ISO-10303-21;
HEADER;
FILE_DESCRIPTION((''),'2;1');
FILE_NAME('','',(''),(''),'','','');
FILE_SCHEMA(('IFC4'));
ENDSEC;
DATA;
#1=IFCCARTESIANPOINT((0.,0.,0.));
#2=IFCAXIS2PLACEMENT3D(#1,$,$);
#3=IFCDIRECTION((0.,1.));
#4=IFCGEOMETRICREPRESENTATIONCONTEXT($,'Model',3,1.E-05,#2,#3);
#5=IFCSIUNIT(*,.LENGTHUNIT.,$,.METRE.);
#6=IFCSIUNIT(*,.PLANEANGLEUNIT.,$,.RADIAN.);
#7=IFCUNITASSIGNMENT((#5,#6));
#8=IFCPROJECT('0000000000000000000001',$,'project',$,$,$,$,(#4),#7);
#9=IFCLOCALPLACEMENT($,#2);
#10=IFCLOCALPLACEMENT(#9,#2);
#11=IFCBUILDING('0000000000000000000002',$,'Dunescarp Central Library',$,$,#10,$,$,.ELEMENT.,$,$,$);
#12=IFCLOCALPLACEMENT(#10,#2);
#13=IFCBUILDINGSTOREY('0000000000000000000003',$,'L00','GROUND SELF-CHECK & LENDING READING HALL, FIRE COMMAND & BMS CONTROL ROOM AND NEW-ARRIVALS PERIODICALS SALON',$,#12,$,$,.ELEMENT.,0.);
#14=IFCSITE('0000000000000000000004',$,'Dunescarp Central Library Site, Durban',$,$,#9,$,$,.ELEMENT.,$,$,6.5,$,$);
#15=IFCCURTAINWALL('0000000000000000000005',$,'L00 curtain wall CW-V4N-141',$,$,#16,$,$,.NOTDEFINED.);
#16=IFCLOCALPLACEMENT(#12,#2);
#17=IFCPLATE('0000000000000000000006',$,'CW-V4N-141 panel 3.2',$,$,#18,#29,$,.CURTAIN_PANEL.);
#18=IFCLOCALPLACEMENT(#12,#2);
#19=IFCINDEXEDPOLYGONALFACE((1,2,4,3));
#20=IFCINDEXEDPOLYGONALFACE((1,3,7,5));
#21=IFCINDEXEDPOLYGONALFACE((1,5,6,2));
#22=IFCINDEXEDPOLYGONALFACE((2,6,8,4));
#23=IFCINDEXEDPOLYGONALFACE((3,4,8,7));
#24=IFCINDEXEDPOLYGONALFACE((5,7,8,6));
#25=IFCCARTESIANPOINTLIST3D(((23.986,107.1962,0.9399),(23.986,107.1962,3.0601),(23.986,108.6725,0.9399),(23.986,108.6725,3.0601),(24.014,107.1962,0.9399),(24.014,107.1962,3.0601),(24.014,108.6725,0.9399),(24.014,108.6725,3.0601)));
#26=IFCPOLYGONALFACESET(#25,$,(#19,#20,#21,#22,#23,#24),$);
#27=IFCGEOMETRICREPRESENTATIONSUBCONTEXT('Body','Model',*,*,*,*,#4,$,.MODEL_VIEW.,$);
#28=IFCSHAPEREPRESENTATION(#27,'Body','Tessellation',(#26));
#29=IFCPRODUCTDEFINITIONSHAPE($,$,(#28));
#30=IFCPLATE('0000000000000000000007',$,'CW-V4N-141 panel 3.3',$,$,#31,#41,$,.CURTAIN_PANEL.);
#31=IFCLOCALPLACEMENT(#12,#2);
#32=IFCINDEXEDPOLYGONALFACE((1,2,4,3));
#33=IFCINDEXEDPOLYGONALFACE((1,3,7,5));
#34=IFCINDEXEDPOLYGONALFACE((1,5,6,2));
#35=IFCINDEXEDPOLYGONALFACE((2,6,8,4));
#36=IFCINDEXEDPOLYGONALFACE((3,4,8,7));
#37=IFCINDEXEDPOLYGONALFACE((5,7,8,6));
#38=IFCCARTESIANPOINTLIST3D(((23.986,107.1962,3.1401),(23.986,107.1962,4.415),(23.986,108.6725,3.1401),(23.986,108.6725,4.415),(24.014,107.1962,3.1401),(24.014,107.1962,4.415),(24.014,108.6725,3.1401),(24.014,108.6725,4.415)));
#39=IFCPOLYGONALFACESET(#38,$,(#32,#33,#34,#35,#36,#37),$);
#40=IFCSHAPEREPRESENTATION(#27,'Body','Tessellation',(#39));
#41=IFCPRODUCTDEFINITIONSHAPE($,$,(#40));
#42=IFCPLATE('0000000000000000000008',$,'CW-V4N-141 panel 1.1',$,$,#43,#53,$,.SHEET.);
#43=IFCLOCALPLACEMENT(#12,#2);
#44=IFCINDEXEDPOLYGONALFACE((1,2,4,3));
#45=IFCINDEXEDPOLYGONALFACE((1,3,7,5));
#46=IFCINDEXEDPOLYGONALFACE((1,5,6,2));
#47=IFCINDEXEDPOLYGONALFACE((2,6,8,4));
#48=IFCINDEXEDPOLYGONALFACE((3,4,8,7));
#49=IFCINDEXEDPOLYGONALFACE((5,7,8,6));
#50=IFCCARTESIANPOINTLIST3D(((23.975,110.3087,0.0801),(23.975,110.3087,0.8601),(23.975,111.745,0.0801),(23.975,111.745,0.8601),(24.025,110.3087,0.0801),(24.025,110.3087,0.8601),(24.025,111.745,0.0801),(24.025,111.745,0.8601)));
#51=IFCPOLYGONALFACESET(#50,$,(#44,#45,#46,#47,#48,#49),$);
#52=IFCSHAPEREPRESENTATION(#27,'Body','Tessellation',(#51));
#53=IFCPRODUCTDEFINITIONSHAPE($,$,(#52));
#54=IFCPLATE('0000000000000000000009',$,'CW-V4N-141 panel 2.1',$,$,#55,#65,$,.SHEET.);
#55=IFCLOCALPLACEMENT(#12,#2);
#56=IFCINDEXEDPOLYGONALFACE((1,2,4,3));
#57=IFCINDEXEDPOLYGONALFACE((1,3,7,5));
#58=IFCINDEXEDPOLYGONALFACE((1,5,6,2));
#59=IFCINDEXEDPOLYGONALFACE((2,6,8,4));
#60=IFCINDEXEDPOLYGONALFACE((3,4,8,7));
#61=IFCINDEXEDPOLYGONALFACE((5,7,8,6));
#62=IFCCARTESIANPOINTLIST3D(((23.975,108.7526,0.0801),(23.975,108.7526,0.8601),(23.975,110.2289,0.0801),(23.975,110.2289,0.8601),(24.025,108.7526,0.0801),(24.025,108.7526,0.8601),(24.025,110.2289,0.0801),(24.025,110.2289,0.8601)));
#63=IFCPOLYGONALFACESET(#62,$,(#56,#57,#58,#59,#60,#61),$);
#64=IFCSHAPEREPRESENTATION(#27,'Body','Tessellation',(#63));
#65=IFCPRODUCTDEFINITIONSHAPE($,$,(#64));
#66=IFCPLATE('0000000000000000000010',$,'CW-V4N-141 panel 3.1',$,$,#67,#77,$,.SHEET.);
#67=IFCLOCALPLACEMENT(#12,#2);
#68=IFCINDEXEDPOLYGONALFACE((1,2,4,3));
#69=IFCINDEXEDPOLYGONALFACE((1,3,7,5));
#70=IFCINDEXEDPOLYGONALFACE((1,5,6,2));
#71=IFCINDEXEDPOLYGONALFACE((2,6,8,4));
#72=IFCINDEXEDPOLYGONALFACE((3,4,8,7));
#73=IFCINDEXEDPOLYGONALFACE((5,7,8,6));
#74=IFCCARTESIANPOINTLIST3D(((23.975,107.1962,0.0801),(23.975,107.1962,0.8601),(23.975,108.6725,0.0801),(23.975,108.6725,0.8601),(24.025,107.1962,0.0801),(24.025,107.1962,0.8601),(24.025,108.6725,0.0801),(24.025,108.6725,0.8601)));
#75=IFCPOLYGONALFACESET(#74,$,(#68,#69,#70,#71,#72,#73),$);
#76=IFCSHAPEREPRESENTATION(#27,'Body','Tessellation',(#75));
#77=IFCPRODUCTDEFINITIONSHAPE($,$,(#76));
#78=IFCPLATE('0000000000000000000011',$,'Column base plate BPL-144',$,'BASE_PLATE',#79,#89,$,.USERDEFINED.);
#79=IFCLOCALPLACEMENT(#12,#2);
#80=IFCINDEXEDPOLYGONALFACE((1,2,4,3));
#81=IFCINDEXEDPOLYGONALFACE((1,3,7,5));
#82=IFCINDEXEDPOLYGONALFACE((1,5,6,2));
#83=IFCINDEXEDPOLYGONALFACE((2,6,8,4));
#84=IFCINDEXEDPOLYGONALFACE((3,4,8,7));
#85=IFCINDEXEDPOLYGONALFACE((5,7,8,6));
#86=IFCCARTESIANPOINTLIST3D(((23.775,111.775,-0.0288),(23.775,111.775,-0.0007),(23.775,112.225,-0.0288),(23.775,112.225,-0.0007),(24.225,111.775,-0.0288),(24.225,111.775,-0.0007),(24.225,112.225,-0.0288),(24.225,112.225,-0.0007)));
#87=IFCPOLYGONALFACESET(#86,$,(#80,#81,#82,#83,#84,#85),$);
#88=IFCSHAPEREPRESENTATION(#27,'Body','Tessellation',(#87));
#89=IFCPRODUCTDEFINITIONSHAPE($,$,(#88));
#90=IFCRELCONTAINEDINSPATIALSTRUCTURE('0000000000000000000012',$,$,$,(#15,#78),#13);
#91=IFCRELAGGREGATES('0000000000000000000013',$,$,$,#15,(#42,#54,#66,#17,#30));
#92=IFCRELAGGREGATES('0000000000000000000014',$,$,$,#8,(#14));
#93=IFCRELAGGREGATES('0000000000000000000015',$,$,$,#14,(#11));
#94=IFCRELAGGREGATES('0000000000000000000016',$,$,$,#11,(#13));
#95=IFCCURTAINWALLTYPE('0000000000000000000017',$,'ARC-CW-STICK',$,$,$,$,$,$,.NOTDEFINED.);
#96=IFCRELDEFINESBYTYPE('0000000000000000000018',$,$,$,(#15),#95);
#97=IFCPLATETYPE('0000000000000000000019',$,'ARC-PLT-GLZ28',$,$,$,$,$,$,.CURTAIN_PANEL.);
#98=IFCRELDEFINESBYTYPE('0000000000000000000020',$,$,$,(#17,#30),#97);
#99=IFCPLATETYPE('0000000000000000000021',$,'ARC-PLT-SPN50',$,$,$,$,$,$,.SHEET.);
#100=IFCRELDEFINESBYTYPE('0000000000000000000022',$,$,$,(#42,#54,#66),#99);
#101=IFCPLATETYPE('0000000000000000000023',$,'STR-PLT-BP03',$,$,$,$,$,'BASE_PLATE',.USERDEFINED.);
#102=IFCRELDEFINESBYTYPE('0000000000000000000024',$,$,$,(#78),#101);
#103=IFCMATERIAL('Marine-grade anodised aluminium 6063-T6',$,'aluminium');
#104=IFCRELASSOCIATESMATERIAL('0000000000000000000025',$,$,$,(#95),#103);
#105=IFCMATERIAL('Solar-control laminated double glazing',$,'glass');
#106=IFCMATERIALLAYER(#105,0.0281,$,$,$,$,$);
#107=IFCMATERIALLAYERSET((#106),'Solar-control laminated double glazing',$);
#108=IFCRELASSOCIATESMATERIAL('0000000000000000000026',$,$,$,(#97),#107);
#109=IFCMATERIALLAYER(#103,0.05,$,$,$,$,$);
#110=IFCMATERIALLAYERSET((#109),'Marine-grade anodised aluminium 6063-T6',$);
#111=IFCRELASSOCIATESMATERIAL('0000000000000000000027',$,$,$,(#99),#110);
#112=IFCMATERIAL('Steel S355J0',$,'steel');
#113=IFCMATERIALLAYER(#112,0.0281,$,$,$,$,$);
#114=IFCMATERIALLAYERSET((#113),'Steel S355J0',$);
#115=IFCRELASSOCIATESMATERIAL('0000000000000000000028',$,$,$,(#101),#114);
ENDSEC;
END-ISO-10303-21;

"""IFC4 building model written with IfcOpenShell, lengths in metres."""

from ifc_helpers import new_model, si_unit, direction, frame, origin, origin_2d, place, context, subcontext, project, spatial, rectangle, extrude, material, layer, layer_set, type_object, element, aggregate, save


model = new_model("IFC4")

# Units and contexts
model_context = context("Model", 3, precision=1e-05, world=origin(), true_north=direction((0.0, 1.0)))
body_context = subcontext(model_context, "Body", "Model", "MODEL_VIEW")
ifc_project = project(units=[si_unit("LENGTHUNIT", "METRE"), si_unit("PLANEANGLEUNIT", "RADIAN")], contexts=[model_context])

# Site, building, storey
site_placement = place(None, origin())
site = spatial("IfcSite", under=ifc_project, at=site_placement, Name="Dunescarp Central Library Site, Durban", CompositionType="ELEMENT", RefElevation=6.5)
building_placement = place(site_placement, origin())
building = spatial("IfcBuilding", under=site, at=building_placement, Name="Dunescarp Central Library", CompositionType="ELEMENT")
storey_placement = place(building_placement, origin())
storey = spatial("IfcBuildingStorey", under=building, at=storey_placement, Name="L00", Description="GROUND SELF-CHECK & LENDING READING HALL, FIRE COMMAND & BMS CONTROL ROOM AND NEW-ARRIVALS PERIODICALS SALON", CompositionType="ELEMENT", Elevation=0.0)

# Curtain wall, plates
ifc_material_1 = material(Name="Marine-grade anodised aluminium 6063-T6", Category="aluminium")
curtain_wall_type = type_object("IfcCurtainWallType", Name="ARC-CW-STICK", PredefinedType="NOTDEFINED", material=ifc_material_1)
curtain_wall_placement = place(storey_placement, origin())
curtain_wall = element("IfcCurtainWall", 1, at=curtain_wall_placement, inside=storey, type_object=curtain_wall_type, Name="L00 curtain wall CW-V4N-141", PredefinedType="NOTDEFINED")
ifc_material_2 = material(Name="Solar-control laminated double glazing", Category="glass")
ifc_layer_1 = layer(ifc_material_2, 0.0281)
ifc_layer_set_1 = layer_set([ifc_layer_1], Name="Solar-control laminated double glazing")
plate_type_1 = type_object("IfcPlateType", Name="ARC-PLT-GLZ28", PredefinedType="CURTAIN_PANEL", material=ifc_layer_set_1)
plate_1_placement = place(storey_placement, frame((24.0, 107.9343, 0.9399), z_axis=(0.0, 0.0, 1.0), x_axis=(0.0, -1.0, 0.0)))
plate_1 = element("IfcPlate", 2, at=plate_1_placement, type_object=plate_type_1, Name="CW-V4N-141 panel 3.2", PredefinedType="CURTAIN_PANEL", context=body_context, shape_type="SweptSolid", body=[
    extrude(rectangle(XDim=1.4763, YDim=0.0281, at=origin_2d()), origin(), (0.0, 0.0, 1.0), 2.1201),
])
plate_2_placement = place(storey_placement, frame((24.0, 107.9343, 3.1401), z_axis=(0.0, 0.0, 1.0), x_axis=(0.0, -1.0, 0.0)))
plate_2 = element("IfcPlate", 3, at=plate_2_placement, type_object=plate_type_1, Name="CW-V4N-141 panel 3.3", PredefinedType="CURTAIN_PANEL", context=body_context, shape_type="SweptSolid", body=[
    extrude(rectangle(XDim=1.4763, YDim=0.0281, at=origin_2d()), origin(), (0.0, 0.0, 1.0), 1.2749),
])
ifc_layer_2 = layer(ifc_material_1, 0.05)
ifc_layer_set_2 = layer_set([ifc_layer_2], Name="Marine-grade anodised aluminium 6063-T6")
plate_type_2 = type_object("IfcPlateType", Name="ARC-PLT-SPN50", PredefinedType="SHEET", material=ifc_layer_set_2)
plate_3_placement = place(storey_placement, frame((24.0, 111.0269, 0.0801), z_axis=(0.0, 0.0, 1.0), x_axis=(0.0, -1.0, 0.0)))
plate_3 = element("IfcPlate", 4, at=plate_3_placement, type_object=plate_type_2, Name="CW-V4N-141 panel 1.1", PredefinedType="SHEET", context=body_context, shape_type="SweptSolid", body=[
    extrude(rectangle(XDim=1.4363, YDim=0.05, at=origin_2d()), origin(), (0.0, 0.0, 1.0), 0.78),
])
plate_4_placement = place(storey_placement, frame((24.0, 109.4907, 0.0801), z_axis=(0.0, 0.0, 1.0), x_axis=(0.0, -1.0, 0.0)))
plate_4 = element("IfcPlate", 5, at=plate_4_placement, type_object=plate_type_2, Name="CW-V4N-141 panel 2.1", PredefinedType="SHEET", context=body_context, shape_type="SweptSolid", body=[
    extrude(rectangle(XDim=1.4763, YDim=0.05, at=origin_2d()), origin(), (0.0, 0.0, 1.0), 0.78),
])
plate_5_placement = place(storey_placement, frame((24.0, 107.9343, 0.0801), z_axis=(0.0, 0.0, 1.0), x_axis=(0.0, -1.0, 0.0)))
plate_5 = element("IfcPlate", 6, at=plate_5_placement, type_object=plate_type_2, Name="CW-V4N-141 panel 3.1", PredefinedType="SHEET", context=body_context, shape_type="SweptSolid", body=[
    extrude(rectangle(XDim=1.4763, YDim=0.05, at=origin_2d()), origin(), (0.0, 0.0, 1.0), 0.78),
])
aggregate(curtain_wall, [plate_3, plate_4, plate_5, plate_1, plate_2])

# Plate
ifc_material_3 = material(Name="Steel S355J0", Category="steel")
ifc_layer_3 = layer(ifc_material_3, 0.0281)
ifc_layer_set_3 = layer_set([ifc_layer_3], Name="Steel S355J0")
plate_type_3 = type_object("IfcPlateType", Name="STR-PLT-BP03", ElementType="BASE_PLATE", PredefinedType="USERDEFINED", material=ifc_layer_set_3)
plate_6_placement = place(storey_placement, frame((24.0, 112.0, -0.0288), z_axis=(0.0, 0.0, 1.0), x_axis=(1.0, 0.0, 0.0)))
element("IfcPlate", 7, at=plate_6_placement, inside=storey, type_object=plate_type_3, Name="Column base plate BPL-144", ObjectType="BASE_PLATE", PredefinedType="USERDEFINED", context=body_context, shape_type="SweptSolid", body=[
    extrude(rectangle(XDim=0.45, YDim=0.45, at=origin_2d()), origin(), (0.0, 0.0, 1.0), 0.0281),
])

save(model, "model.ifc")
